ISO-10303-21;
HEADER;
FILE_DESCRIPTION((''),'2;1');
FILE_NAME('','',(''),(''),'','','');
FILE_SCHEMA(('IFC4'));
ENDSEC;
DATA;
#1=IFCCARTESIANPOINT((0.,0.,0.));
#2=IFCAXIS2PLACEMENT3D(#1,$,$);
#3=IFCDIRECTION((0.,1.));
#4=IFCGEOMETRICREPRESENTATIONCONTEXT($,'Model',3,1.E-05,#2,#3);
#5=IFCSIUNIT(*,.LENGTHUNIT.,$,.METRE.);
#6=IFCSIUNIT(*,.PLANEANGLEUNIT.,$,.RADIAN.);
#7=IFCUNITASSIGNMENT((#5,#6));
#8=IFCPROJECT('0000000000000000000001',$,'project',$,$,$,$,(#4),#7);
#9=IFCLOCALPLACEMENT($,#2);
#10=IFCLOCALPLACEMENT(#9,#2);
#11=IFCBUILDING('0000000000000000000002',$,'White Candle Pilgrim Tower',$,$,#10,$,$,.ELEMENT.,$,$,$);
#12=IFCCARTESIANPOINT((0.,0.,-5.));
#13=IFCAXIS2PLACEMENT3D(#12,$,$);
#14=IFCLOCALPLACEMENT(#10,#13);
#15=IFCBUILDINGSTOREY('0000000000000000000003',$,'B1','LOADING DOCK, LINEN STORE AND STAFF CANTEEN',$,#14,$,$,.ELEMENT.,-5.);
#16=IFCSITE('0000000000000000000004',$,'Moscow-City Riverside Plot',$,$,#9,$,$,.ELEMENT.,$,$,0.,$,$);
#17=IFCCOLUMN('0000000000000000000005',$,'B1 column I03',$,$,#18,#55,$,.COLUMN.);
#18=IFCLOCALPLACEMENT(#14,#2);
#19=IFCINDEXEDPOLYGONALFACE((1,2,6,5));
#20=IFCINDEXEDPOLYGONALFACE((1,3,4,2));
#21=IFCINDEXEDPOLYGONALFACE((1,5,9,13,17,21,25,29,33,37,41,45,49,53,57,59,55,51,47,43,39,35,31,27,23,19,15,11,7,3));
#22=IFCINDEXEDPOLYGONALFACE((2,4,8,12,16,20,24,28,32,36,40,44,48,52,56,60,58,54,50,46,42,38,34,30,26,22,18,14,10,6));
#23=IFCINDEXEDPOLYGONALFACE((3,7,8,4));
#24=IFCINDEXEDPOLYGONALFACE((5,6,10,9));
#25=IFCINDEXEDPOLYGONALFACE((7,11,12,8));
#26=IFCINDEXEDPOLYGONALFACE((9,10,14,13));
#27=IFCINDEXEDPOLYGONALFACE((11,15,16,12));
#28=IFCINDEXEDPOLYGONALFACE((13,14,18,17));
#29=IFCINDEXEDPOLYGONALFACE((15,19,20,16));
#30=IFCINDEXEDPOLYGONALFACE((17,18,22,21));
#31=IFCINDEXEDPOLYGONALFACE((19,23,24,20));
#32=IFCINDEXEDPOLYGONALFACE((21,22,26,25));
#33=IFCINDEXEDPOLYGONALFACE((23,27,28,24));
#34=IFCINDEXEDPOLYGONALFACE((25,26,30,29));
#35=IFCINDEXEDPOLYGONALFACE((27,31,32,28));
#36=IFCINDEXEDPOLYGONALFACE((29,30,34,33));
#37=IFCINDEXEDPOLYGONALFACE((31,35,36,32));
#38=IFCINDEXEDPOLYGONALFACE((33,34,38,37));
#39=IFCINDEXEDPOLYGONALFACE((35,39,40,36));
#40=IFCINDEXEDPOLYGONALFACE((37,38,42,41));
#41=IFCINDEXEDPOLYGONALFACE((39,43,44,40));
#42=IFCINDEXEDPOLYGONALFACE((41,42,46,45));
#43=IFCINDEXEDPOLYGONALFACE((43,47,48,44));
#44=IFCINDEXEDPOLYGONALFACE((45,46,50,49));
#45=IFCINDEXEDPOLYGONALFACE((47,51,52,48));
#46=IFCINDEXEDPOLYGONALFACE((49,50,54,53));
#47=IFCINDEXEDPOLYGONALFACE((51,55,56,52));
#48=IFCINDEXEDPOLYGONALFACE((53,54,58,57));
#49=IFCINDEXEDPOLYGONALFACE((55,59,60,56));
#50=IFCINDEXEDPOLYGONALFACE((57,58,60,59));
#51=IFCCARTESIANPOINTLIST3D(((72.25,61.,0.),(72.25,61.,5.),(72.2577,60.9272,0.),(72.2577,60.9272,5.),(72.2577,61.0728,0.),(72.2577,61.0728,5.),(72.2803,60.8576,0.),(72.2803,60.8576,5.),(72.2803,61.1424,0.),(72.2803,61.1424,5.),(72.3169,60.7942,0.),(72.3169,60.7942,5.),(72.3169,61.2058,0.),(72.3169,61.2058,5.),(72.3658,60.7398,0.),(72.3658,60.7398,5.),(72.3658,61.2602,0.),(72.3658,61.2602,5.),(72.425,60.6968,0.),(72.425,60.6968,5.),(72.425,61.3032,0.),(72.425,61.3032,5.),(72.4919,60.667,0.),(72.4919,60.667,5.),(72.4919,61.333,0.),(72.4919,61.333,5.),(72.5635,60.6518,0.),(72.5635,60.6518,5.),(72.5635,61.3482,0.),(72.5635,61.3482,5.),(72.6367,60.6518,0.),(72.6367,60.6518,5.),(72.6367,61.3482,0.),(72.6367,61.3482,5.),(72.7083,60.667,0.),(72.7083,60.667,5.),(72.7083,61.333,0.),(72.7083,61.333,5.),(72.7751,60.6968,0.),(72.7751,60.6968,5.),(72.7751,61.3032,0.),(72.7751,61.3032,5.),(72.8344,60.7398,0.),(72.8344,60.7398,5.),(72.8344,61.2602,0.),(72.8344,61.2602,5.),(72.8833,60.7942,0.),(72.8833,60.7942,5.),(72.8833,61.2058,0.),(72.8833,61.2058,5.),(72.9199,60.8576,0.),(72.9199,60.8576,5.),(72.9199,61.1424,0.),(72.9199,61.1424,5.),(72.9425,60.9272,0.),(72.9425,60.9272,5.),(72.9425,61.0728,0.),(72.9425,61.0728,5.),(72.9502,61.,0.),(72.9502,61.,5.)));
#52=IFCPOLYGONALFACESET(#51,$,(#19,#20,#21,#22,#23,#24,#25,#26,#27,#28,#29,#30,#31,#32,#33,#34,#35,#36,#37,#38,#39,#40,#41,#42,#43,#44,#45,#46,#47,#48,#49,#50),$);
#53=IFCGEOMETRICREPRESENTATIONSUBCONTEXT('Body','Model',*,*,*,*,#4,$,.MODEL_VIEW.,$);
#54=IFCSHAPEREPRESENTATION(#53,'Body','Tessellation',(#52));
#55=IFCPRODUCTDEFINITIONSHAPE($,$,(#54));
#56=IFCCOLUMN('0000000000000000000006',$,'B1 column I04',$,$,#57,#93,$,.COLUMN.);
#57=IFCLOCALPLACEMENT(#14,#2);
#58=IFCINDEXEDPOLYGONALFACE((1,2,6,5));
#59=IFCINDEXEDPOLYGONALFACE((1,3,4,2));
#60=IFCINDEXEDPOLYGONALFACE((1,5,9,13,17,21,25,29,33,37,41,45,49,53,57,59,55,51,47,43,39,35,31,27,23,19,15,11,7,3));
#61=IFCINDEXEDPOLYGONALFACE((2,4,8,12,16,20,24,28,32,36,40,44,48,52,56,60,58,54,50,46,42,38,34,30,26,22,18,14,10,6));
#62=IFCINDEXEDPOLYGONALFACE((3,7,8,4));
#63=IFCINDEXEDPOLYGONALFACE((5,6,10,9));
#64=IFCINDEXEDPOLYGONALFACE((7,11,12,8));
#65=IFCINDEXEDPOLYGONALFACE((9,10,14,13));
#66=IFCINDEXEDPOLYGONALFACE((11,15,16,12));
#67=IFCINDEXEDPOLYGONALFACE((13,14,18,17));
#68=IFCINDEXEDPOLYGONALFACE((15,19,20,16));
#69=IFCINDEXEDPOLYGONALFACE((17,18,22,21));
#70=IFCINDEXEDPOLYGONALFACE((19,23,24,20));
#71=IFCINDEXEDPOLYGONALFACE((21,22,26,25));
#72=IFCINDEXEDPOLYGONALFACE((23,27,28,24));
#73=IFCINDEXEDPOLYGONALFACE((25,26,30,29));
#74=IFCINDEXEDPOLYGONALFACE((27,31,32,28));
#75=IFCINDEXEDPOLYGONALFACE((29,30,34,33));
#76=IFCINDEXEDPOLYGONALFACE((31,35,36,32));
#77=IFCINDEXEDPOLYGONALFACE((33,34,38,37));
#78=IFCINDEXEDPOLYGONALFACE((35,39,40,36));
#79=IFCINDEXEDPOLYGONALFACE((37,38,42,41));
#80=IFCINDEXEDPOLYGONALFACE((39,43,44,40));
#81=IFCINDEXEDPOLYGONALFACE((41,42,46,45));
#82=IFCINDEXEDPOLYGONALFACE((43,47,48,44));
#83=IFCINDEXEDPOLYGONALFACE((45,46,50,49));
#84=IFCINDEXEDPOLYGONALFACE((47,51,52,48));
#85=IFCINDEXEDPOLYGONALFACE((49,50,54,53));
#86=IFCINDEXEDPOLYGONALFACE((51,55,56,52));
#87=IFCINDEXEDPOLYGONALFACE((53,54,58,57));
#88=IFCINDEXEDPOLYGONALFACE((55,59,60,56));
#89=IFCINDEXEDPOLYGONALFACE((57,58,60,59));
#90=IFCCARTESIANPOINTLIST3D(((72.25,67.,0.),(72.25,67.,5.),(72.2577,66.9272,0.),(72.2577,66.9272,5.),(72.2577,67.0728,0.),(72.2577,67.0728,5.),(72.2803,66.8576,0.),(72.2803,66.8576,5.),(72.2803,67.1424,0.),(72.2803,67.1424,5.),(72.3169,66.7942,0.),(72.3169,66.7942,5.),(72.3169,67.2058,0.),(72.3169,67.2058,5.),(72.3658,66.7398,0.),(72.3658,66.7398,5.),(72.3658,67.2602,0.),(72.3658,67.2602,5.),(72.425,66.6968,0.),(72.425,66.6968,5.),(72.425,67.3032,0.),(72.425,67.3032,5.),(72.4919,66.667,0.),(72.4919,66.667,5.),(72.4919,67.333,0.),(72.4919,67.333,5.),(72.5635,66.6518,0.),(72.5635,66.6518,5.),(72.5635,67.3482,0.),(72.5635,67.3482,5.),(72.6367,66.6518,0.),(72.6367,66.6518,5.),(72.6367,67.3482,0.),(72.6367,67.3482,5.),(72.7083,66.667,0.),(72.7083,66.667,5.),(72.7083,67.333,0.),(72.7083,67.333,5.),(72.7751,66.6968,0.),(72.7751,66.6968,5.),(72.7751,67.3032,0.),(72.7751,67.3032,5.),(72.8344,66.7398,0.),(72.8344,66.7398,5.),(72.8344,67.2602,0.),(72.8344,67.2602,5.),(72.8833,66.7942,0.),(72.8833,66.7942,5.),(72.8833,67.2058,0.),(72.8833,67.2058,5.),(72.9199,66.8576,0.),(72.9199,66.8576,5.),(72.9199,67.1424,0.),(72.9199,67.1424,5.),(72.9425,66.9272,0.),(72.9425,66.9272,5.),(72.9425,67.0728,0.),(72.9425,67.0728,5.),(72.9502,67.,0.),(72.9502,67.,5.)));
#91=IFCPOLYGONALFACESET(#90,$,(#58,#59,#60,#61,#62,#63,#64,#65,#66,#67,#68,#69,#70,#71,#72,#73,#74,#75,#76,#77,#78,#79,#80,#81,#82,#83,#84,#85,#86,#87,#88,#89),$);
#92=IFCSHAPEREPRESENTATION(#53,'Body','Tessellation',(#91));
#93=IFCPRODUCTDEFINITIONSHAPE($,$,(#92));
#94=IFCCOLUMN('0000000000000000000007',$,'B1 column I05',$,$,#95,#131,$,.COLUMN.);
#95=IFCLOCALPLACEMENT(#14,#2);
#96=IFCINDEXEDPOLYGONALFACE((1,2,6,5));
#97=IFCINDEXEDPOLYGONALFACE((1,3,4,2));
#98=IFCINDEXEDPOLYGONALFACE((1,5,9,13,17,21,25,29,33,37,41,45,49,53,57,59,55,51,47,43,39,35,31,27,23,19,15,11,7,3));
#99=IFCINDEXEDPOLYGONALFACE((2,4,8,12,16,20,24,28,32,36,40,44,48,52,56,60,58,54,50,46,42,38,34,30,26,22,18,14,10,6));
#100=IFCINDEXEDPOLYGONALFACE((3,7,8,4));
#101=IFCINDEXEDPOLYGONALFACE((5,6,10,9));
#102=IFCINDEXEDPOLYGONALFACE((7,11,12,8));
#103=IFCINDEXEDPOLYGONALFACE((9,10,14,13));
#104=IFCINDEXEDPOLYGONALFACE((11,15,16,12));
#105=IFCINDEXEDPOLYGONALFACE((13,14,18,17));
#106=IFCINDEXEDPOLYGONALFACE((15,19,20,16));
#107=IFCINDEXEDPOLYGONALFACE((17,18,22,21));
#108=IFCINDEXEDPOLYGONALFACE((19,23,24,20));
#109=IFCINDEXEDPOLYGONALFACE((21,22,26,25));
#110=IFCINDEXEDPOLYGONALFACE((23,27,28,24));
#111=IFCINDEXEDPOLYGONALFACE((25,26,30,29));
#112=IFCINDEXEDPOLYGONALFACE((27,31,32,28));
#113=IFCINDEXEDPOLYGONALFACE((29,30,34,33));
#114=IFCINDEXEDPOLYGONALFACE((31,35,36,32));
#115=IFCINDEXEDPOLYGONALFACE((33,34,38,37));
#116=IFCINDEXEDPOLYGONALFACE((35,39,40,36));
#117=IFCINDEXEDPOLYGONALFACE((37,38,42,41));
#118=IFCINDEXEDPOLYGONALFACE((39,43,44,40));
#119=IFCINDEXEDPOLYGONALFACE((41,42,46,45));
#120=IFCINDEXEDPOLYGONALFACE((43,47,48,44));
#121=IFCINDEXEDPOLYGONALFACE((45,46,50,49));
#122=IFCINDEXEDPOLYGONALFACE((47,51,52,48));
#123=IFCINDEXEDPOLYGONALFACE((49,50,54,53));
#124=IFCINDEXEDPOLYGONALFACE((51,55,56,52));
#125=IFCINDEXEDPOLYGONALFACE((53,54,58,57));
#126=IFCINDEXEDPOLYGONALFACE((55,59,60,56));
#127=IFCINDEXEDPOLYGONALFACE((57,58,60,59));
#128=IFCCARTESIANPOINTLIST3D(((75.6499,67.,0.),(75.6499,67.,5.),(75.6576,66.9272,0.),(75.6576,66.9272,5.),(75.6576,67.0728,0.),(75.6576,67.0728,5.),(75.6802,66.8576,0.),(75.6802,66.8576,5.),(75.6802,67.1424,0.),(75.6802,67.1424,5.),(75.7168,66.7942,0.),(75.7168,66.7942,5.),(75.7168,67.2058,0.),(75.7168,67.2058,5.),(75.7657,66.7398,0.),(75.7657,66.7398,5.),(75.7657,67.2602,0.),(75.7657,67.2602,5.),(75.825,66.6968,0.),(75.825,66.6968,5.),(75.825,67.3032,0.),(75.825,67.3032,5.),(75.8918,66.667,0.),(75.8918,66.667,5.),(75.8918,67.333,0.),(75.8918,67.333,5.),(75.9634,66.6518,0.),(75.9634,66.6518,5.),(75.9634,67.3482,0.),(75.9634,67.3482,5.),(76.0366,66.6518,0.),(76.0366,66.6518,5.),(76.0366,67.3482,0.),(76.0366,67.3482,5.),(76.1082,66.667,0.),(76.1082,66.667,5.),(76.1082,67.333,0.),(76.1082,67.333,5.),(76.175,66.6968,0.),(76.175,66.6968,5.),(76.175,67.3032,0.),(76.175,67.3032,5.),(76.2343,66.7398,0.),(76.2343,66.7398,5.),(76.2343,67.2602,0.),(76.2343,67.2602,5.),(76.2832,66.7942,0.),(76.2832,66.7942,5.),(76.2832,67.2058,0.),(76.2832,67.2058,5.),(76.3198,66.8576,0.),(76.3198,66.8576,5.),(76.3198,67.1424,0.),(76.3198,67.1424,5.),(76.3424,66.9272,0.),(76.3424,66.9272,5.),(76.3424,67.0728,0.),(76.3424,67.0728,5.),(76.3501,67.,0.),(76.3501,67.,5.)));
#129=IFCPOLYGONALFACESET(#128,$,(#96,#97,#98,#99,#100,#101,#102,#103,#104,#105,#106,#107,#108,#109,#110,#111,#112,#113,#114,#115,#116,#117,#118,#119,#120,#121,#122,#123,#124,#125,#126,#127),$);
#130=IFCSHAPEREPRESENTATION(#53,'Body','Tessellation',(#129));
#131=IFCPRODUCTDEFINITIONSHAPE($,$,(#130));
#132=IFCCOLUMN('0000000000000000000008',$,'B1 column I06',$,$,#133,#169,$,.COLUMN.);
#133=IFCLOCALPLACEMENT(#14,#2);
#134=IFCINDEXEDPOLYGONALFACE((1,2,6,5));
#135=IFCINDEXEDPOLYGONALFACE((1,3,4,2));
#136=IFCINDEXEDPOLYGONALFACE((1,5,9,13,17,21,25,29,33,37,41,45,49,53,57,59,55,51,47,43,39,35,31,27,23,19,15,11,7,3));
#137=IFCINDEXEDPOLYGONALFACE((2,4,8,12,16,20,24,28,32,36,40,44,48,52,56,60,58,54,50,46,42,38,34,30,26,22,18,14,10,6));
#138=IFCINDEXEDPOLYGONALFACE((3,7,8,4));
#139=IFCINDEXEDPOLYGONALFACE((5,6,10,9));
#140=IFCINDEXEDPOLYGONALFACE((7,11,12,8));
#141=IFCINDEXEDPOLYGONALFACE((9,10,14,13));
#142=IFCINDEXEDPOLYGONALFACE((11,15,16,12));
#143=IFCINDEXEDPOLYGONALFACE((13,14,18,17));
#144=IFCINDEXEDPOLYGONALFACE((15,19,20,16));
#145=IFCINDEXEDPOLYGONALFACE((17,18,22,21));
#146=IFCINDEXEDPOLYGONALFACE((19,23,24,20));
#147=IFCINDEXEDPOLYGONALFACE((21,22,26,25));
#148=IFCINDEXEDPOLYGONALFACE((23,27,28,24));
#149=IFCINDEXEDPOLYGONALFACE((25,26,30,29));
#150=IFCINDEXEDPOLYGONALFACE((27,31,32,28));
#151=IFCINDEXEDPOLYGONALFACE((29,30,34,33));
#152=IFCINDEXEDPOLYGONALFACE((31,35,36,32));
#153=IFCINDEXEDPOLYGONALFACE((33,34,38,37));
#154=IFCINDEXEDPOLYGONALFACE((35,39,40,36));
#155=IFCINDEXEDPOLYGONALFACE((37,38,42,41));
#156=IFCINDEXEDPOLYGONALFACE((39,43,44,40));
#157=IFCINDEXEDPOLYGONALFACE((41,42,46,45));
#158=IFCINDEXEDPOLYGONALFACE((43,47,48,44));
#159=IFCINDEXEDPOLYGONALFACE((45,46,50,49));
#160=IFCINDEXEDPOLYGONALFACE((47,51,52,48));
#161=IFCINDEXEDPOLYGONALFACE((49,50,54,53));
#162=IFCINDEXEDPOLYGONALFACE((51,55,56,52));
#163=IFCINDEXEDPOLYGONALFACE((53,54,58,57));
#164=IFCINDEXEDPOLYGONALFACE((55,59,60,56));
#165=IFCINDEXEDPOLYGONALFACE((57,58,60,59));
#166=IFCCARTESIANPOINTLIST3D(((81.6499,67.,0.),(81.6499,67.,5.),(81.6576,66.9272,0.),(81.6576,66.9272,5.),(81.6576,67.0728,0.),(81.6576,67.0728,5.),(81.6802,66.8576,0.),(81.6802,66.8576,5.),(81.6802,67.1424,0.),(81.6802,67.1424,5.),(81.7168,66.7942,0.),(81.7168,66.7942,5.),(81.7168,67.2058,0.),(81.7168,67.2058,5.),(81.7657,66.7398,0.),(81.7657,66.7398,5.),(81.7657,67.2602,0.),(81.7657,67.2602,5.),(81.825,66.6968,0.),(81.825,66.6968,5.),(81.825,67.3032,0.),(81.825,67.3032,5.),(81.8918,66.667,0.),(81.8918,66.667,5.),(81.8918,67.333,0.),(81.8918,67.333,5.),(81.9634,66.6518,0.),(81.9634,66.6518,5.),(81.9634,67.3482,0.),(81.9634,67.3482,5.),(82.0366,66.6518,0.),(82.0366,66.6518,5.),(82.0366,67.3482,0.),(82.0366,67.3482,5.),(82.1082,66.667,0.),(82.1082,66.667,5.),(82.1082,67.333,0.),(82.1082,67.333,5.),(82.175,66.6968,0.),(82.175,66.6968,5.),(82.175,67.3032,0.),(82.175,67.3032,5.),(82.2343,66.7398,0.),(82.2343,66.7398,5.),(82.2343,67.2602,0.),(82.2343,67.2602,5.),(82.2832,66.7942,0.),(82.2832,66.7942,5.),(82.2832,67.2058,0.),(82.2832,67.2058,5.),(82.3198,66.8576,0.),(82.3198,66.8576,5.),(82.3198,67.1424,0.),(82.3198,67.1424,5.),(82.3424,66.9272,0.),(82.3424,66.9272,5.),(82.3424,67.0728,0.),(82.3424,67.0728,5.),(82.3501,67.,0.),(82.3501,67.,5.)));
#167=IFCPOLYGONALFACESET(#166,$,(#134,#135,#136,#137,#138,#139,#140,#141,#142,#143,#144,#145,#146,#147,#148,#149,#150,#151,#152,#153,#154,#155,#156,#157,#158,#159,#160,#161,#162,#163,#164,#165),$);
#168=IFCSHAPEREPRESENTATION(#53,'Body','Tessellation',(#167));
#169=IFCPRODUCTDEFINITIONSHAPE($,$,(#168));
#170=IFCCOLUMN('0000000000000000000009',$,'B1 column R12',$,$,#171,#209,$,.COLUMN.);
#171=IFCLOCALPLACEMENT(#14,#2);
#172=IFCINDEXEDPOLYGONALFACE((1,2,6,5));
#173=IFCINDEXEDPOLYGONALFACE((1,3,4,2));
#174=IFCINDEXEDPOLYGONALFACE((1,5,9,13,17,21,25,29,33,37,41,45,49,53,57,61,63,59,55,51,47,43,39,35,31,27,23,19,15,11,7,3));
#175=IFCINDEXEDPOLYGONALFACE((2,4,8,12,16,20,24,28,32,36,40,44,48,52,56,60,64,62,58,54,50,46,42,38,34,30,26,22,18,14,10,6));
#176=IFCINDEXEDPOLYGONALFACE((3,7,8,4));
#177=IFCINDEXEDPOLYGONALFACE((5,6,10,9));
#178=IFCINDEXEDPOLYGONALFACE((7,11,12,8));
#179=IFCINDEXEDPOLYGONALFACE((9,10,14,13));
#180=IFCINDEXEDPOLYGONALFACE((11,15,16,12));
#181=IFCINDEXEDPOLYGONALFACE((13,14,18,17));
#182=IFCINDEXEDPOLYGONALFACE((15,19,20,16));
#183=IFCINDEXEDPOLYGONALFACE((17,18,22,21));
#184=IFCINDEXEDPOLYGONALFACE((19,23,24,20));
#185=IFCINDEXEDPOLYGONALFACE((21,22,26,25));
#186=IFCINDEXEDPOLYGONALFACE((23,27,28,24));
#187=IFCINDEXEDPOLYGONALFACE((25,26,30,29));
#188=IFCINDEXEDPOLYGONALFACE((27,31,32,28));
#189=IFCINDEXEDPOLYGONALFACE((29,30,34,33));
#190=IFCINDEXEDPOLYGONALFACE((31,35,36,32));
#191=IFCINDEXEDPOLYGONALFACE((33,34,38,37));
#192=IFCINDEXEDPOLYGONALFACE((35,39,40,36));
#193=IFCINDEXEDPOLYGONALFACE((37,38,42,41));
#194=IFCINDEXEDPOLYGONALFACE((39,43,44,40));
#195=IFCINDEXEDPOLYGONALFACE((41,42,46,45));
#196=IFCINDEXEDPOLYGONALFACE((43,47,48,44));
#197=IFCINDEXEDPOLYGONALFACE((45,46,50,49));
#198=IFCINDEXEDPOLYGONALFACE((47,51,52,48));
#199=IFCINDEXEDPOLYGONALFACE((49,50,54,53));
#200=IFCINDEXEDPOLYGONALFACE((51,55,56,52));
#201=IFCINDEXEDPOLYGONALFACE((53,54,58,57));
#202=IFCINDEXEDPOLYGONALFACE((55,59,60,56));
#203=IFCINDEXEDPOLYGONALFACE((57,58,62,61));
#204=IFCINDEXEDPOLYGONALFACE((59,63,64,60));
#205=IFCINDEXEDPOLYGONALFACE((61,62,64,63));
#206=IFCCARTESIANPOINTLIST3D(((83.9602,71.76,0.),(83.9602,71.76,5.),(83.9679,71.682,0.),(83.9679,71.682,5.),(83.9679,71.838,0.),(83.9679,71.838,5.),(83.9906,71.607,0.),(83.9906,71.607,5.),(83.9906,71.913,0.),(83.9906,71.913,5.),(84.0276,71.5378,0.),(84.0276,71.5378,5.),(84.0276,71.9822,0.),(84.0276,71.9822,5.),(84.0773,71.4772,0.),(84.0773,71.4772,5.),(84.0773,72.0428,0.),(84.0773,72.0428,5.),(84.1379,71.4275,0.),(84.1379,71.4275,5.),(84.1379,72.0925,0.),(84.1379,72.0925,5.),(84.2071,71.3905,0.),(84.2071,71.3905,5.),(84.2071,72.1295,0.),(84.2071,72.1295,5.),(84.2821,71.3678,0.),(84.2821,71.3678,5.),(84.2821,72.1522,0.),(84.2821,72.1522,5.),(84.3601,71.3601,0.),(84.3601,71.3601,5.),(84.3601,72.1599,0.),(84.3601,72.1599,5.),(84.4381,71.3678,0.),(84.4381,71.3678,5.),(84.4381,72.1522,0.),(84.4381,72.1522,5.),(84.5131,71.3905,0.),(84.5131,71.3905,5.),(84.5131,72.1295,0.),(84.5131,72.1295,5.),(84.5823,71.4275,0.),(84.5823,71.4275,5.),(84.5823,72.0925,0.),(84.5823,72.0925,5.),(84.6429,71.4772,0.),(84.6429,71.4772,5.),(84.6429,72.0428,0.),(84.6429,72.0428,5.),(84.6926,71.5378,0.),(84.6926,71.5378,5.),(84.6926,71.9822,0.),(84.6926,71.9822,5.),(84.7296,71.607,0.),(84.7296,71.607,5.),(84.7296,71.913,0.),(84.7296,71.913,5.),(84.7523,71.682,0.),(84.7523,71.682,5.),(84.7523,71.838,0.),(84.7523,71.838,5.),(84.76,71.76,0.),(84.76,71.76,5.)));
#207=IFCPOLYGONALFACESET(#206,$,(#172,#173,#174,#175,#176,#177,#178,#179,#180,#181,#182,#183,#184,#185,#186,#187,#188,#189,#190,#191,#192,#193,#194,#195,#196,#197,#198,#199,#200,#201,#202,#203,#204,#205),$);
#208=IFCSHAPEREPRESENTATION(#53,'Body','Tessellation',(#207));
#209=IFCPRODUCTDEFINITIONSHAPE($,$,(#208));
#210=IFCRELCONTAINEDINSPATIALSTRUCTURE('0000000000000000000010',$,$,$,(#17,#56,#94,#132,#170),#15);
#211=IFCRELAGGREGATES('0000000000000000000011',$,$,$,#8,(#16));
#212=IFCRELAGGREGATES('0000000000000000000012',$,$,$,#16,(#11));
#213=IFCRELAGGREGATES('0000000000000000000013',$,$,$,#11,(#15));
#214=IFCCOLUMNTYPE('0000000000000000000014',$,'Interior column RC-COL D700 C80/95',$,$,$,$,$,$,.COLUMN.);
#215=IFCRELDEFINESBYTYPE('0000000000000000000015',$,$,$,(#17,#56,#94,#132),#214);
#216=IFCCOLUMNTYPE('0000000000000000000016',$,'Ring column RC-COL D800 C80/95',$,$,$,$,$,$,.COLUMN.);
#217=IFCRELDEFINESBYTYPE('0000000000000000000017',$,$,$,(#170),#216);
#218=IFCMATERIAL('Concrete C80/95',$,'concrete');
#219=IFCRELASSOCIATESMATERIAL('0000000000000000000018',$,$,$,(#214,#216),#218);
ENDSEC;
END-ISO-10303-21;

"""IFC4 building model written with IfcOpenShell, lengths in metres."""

from ifc_helpers import new_model, si_unit, direction, frame, origin, origin_2d, place, context, subcontext, project, spatial, circle, extrude, material, material_profile, profile_set, type_object, element, save


model = new_model("IFC4")

# Units and contexts
model_context = context("Model", 3, precision=1e-05, world=origin(), true_north=direction((0.0, 1.0)))
body_context = subcontext(model_context, "Body", "Model", "MODEL_VIEW")
ifc_project = project(units=[si_unit("LENGTHUNIT", "METRE"), si_unit("PLANEANGLEUNIT", "RADIAN")], contexts=[model_context])

# Site, building, storey
site_placement = place(None, origin())
site = spatial("IfcSite", under=ifc_project, at=site_placement, Name="Moscow-City Riverside Plot", CompositionType="ELEMENT", RefElevation=0.0)
building_placement = place(site_placement, origin())
building = spatial("IfcBuilding", under=site, at=building_placement, Name="White Candle Pilgrim Tower", CompositionType="ELEMENT")
storey_placement = place(building_placement, frame((0.0, 0.0, -5.0)))
storey = spatial("IfcBuildingStorey", under=building, at=storey_placement, Name="B1", Description="LOADING DOCK, LINEN STORE AND STAFF CANTEEN", CompositionType="ELEMENT", Elevation=-5.0)

# Columns
ifc_material_1 = material(Name="Concrete C80/95", Category="concrete")
ifc_material_profile_1 = material_profile(ifc_material_1, circle(Radius=0.3501, at=origin_2d()), Name="RC-COL D700")
ifc_profile_set_1 = profile_set([ifc_material_profile_1], Name="Concrete C80/95")
column_type_1 = type_object("IfcColumnType", Name="Interior column RC-COL D700 C80/95", PredefinedType="COLUMN", material=ifc_profile_set_1)
for number, where, z_axis, x_axis, name in (
    (1, (72.6001, 61.0, 0.0), (0.0, 0.0, 1.0), (1.0, 0.0, 0.0), "B1 column I03"),
    (2, (72.6001, 67.0, 0.0), (0.0, 0.0, 1.0), (1.0, 0.0, 0.0), "B1 column I04"),
    (3, (76.0, 67.0, 0.0), (0.0, 0.0, 1.0), (1.0, 0.0, 0.0), "B1 column I05"),
    (4, (82.0, 67.0, 0.0), (0.0, 0.0, 1.0), (1.0, 0.0, 0.0), "B1 column I06"),
):
    element("IfcColumn", number, at=place(storey_placement, frame(where, z_axis=z_axis, x_axis=x_axis)), inside=storey, type_object=column_type_1, Name=name, PredefinedType="COLUMN", context=body_context, shape_type="SweptSolid", body=[
        extrude(circle(Radius=0.3501, at=origin_2d()), origin(), (0.0, 0.0, 1.0), 5.0),
    ])
ifc_material_profile_2 = material_profile(ifc_material_1, circle(Radius=0.3999, at=origin_2d()), Name="RC-COL D800")
ifc_profile_set_2 = profile_set([ifc_material_profile_2], Name="Concrete C80/95")
column_type_2 = type_object("IfcColumnType", Name="Ring column RC-COL D800 C80/95", PredefinedType="COLUMN", material=ifc_profile_set_2)
column_placement = place(storey_placement, frame((84.3601, 71.76, 0.0), z_axis=(0.0, 0.0, 1.0), x_axis=(1.0, 0.0, 0.0)))
element("IfcColumn", 5, at=column_placement, inside=storey, type_object=column_type_2, Name="B1 column R12", PredefinedType="COLUMN", context=body_context, shape_type="SweptSolid", body=[
    extrude(circle(Radius=0.3999, at=origin_2d()), origin(), (0.0, 0.0, 1.0), 5.0),
])

save(model, "model.ifc")
